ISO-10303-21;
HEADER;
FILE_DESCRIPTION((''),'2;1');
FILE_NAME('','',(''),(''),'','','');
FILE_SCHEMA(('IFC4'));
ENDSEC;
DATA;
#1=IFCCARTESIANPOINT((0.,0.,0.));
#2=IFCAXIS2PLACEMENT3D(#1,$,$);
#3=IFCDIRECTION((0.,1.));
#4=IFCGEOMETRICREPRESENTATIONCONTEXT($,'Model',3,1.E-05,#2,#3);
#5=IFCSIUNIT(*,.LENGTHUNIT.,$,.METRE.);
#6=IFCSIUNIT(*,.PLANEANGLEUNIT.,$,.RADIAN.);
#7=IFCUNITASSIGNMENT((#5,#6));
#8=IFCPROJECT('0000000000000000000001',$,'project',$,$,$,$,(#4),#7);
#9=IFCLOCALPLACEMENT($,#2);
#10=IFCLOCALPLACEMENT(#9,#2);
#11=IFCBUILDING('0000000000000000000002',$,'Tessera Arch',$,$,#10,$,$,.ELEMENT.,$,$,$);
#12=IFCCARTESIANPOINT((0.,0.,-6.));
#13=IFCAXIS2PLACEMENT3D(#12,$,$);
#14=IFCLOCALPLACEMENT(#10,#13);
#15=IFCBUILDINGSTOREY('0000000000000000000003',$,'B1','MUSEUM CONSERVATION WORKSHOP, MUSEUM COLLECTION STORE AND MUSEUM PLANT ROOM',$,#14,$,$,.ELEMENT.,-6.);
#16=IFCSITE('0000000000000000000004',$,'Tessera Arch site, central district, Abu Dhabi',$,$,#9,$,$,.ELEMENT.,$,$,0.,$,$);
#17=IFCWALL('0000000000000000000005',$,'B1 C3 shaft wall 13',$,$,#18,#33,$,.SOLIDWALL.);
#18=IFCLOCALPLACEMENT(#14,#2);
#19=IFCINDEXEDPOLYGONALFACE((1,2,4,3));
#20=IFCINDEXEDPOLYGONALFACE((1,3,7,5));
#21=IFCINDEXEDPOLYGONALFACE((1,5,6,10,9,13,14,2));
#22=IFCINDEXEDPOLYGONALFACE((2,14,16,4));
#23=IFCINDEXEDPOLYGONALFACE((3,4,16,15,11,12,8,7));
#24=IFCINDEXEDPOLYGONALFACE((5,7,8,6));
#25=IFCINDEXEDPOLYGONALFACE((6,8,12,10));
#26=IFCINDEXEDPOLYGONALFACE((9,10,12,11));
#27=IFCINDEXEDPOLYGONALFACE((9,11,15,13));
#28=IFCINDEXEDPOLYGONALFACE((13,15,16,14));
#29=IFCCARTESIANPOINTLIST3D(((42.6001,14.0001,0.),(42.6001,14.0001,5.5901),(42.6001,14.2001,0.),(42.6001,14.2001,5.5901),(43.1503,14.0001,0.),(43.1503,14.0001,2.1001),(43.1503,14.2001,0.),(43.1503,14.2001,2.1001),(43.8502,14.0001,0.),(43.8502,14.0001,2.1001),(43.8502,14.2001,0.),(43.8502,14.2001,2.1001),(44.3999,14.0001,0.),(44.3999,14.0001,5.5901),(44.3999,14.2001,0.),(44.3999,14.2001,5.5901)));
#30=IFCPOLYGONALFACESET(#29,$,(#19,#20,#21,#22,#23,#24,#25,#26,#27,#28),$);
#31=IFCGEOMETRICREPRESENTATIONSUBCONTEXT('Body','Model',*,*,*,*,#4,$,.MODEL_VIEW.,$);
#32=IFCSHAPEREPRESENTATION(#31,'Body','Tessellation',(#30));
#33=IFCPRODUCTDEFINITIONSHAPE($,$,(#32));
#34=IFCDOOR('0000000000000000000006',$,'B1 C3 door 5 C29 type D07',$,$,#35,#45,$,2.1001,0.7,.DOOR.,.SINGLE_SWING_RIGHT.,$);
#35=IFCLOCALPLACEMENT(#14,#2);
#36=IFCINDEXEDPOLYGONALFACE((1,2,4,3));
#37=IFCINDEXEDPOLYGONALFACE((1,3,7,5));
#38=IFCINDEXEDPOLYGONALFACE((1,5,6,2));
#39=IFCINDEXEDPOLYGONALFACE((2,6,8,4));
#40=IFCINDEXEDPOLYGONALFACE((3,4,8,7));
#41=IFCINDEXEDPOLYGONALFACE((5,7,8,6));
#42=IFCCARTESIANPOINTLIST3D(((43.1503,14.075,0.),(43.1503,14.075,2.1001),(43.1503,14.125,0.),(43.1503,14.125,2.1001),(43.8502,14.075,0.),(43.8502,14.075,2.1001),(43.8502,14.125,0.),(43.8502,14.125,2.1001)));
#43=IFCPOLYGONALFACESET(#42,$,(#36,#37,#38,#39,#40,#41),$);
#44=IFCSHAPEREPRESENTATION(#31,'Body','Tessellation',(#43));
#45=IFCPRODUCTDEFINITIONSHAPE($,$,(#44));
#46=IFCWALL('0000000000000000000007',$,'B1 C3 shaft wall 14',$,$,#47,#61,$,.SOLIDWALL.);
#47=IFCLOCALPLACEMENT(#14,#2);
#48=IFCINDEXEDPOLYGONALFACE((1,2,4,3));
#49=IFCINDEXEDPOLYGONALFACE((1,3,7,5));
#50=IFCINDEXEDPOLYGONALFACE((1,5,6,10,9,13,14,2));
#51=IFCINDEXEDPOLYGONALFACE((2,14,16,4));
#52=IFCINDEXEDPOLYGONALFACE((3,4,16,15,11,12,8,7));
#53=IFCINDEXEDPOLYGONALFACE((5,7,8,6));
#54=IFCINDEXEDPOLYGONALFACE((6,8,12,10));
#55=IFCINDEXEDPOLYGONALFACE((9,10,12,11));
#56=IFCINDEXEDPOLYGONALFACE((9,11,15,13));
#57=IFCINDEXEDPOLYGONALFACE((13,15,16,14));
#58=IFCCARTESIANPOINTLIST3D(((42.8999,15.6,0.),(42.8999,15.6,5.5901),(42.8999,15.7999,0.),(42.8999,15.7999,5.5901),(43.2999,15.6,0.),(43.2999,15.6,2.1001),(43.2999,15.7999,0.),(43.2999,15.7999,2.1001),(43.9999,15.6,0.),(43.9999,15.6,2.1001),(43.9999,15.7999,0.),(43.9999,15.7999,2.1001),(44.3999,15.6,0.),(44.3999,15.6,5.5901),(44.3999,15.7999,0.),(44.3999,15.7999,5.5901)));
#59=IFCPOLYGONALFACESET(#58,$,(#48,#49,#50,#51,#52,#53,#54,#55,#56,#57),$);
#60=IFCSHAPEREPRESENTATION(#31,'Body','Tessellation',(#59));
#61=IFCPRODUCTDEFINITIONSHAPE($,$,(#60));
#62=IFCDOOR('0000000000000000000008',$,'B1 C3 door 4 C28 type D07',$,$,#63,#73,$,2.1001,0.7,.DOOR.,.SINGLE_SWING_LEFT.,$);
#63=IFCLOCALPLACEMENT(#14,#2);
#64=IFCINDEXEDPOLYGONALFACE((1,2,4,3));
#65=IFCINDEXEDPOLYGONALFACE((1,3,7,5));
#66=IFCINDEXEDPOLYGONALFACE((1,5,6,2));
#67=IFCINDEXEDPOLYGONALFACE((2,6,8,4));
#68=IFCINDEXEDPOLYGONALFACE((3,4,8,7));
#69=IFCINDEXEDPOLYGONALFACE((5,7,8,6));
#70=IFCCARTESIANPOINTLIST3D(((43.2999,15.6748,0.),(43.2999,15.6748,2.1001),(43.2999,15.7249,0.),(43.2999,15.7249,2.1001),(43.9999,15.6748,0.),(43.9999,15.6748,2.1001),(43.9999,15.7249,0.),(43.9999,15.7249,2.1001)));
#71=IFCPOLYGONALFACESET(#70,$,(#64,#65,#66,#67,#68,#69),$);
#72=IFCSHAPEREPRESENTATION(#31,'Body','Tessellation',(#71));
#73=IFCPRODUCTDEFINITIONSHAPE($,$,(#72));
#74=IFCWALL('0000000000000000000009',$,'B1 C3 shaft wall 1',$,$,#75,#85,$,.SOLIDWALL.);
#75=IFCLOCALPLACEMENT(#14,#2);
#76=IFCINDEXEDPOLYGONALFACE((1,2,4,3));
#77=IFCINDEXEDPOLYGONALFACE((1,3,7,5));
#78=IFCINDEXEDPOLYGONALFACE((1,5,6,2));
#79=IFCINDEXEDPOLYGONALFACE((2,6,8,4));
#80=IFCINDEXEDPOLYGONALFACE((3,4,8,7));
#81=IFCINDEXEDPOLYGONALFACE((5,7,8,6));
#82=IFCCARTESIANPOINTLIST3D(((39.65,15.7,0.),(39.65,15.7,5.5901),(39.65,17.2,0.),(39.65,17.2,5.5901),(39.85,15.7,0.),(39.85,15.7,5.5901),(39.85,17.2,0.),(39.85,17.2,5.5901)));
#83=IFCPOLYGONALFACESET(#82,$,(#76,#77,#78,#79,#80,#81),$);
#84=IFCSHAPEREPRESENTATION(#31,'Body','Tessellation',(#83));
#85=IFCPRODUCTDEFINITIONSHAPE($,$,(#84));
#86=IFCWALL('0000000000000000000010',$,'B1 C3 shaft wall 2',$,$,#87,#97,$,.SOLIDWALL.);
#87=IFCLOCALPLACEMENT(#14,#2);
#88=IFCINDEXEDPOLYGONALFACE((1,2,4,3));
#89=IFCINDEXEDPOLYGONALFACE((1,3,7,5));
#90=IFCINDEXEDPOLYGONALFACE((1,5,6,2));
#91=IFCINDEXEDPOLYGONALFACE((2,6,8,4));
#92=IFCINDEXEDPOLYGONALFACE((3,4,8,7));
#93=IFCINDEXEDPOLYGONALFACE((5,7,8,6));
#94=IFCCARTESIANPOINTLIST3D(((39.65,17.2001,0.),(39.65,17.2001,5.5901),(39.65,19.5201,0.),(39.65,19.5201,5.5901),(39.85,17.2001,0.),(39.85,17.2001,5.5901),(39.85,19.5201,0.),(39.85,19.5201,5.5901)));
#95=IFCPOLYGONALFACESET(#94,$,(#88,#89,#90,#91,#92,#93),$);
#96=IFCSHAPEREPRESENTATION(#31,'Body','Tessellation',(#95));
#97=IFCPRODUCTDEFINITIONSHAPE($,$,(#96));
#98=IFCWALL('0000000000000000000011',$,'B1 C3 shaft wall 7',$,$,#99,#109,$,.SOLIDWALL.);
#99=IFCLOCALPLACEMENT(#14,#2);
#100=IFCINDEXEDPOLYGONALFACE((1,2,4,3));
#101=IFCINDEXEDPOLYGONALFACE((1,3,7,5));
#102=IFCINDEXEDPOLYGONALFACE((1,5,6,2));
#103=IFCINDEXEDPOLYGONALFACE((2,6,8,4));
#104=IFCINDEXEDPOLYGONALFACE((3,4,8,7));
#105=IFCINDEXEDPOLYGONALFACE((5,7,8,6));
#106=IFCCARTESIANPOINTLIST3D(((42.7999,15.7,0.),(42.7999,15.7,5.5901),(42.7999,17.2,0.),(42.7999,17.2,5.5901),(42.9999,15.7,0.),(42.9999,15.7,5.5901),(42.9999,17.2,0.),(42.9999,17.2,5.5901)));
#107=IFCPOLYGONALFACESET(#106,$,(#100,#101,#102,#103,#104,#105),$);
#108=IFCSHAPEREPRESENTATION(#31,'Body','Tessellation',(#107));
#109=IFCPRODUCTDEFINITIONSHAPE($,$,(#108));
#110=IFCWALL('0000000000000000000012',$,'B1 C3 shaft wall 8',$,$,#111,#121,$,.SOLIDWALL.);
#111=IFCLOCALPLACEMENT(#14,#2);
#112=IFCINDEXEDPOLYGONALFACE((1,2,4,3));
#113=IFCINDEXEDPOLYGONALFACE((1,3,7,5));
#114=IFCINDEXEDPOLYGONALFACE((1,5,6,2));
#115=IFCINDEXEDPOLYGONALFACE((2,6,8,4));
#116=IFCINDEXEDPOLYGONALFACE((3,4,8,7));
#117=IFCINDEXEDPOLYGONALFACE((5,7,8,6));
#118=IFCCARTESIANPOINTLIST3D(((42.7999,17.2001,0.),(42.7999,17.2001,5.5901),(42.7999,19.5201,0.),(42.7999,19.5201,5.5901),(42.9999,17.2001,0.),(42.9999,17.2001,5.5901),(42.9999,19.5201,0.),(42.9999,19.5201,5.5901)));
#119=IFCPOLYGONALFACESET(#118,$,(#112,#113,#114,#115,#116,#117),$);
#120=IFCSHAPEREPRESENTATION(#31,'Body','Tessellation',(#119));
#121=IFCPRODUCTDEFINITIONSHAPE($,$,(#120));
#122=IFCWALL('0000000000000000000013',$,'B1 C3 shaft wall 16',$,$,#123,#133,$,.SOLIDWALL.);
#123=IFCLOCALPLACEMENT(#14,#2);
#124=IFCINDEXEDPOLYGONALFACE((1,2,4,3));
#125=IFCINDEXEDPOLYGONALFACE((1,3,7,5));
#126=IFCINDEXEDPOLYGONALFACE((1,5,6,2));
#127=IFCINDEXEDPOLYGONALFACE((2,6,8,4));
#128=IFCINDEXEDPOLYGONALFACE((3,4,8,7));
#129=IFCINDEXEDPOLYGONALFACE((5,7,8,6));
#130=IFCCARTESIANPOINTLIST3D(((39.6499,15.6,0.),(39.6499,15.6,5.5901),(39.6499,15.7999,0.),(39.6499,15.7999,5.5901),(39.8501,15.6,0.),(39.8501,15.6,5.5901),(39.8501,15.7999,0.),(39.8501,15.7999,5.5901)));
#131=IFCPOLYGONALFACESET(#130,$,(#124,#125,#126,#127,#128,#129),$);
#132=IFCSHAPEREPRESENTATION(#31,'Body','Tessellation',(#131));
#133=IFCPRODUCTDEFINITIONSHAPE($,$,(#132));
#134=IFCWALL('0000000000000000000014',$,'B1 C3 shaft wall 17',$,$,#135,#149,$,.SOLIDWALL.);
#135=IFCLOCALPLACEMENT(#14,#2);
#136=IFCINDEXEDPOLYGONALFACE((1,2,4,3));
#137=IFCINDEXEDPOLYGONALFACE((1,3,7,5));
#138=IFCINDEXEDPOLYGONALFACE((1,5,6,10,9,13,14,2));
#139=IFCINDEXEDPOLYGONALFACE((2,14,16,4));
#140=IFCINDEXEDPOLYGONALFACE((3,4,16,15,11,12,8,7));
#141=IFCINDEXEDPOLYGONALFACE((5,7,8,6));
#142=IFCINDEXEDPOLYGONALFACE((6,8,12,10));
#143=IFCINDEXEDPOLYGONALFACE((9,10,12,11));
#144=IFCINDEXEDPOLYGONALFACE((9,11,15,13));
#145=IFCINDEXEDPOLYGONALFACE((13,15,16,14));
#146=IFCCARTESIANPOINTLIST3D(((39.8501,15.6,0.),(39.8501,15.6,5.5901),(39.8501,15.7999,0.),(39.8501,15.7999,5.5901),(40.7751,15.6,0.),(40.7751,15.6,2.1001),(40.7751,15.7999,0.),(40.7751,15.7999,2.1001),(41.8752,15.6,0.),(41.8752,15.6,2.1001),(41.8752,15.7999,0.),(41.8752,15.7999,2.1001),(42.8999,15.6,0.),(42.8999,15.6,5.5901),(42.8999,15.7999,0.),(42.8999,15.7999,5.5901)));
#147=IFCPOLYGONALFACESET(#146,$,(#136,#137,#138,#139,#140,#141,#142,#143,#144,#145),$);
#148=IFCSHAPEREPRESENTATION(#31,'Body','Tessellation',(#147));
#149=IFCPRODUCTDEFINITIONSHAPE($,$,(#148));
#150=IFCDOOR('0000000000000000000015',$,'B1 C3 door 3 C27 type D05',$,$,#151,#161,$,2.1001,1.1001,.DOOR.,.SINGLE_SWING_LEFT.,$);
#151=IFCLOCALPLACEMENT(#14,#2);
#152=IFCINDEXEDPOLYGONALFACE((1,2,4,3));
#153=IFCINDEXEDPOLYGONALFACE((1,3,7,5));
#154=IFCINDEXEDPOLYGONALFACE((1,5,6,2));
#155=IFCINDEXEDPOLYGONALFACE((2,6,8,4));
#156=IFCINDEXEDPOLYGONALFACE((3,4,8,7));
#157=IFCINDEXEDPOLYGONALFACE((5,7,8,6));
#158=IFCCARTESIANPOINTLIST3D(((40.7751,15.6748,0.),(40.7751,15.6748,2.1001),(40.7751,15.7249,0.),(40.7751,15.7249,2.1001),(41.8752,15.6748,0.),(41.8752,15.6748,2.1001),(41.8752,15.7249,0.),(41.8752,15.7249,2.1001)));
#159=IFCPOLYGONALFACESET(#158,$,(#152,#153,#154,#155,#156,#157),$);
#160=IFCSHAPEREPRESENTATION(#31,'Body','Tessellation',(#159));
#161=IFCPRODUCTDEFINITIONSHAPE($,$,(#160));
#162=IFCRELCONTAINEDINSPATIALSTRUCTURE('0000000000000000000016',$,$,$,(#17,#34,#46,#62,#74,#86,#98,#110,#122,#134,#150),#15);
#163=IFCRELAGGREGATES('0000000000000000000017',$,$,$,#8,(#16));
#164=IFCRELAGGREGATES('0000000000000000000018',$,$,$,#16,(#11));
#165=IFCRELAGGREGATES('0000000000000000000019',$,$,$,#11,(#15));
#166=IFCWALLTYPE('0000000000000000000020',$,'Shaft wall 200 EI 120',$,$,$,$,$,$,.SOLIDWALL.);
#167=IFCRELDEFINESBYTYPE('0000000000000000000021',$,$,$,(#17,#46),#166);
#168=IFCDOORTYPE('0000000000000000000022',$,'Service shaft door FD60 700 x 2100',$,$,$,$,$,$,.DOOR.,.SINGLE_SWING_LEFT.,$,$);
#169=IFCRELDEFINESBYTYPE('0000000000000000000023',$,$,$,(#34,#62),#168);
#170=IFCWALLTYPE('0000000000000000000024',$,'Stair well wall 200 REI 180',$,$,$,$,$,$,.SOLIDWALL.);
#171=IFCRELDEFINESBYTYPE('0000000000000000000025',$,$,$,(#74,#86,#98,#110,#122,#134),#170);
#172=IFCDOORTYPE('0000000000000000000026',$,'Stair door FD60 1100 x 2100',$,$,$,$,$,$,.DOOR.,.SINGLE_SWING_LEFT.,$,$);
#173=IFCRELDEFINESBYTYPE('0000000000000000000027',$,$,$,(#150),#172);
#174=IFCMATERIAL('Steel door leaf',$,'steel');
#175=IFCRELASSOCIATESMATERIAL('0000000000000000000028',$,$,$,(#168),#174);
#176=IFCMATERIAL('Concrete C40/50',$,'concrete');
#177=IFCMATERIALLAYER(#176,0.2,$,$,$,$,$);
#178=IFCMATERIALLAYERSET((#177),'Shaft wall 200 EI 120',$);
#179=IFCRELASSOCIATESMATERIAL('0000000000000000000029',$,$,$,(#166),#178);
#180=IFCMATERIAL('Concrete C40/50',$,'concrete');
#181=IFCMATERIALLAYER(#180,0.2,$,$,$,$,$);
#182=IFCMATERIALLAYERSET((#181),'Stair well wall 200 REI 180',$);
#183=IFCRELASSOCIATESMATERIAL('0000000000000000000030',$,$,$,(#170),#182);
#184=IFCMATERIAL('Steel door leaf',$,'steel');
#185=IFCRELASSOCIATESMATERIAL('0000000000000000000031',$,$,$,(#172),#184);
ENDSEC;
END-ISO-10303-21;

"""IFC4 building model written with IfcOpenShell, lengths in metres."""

from ifc_helpers import new_model, si_unit, direction, frame, frame_2d, origin, place, context, subcontext, project, spatial, rectangle, extrude, material, layer, layer_set, type_object, element, fill, save


model = new_model("IFC4")

# Units and contexts
model_context = context("Model", 3, precision=1e-05, world=origin(), true_north=direction((0.0, 1.0)))
body_context = subcontext(model_context, "Body", "Model", "MODEL_VIEW")
ifc_project = project(units=[si_unit("LENGTHUNIT", "METRE"), si_unit("PLANEANGLEUNIT", "RADIAN")], contexts=[model_context])

# Site, building, storey
site_placement = place(None, origin())
site = spatial("IfcSite", under=ifc_project, at=site_placement, Name="Tessera Arch site, central district, Abu Dhabi", CompositionType="ELEMENT", RefElevation=0.0)
building_placement = place(site_placement, origin())
building = spatial("IfcBuilding", under=site, at=building_placement, Name="Tessera Arch", CompositionType="ELEMENT")
storey_placement = place(building_placement, frame((0.0, 0.0, -6.0)))
storey = spatial("IfcBuildingStorey", under=building, at=storey_placement, Name="B1", Description="MUSEUM CONSERVATION WORKSHOP, MUSEUM COLLECTION STORE AND MUSEUM PLANT ROOM", CompositionType="ELEMENT", Elevation=-6.0)

# Shared definitions
ifc_material_1 = material(Name="Steel door leaf", Category="steel")
door_type_1 = type_object("IfcDoorType", Name="Service shaft door FD60 700 x 2100", OperationType="SINGLE_SWING_LEFT", PredefinedType="DOOR", material=ifc_material_1)

# Shared definitions
ifc_material_2 = material(Name="Concrete C40/50", Category="concrete")
ifc_layer_1 = layer(ifc_material_2, 0.2)
ifc_layer_set_1 = layer_set([ifc_layer_1], Name="Shaft wall 200 EI 120")
wall_type_1 = type_object("IfcWallType", Name="Shaft wall 200 EI 120", PredefinedType="SOLIDWALL", material=ifc_layer_set_1)

# Walls, openings, doors
wall_1_placement = place(storey_placement, frame((42.6001, 14.1001, 0.0), z_axis=(0.0, 0.0, 1.0), x_axis=(1.0, 0.0, 0.0)))
wall_1 = element("IfcWall", 1, at=wall_1_placement, inside=storey, type_object=wall_type_1, Name="B1 C3 shaft wall 13", PredefinedType="SOLIDWALL", context=body_context, shape_type="SweptSolid", body=[
    extrude(rectangle(XDim=1.7998, YDim=0.2, at=frame_2d((0.8999, 0.0))), origin(), (0.0, 0.0, 1.0), 5.5901),
])
opening_1_placement = place(wall_1_placement, frame((0.55, 0.0, 0.0)))
opening_1 = element("IfcOpeningElement", 2, at=opening_1_placement, cuts=wall_1, PredefinedType="OPENING", context=body_context, shape_type="SweptSolid", body=[
    extrude(rectangle(XDim=0.7, YDim=2.1001, at=frame_2d((0.3501, 1.05))), frame((0.0, 0.1099, 0.0), z_axis=(0.0, -1.0, 0.0), x_axis=(1.0, 0.0, 0.0)), (0.0, 0.0, 1.0), 0.22),
])
door_1_placement = place(opening_1_placement, origin())
door_1 = element("IfcDoor", 3, at=door_1_placement, inside=storey, type_object=door_type_1, Name="B1 C3 door 5 C29 type D07", OperationType="SINGLE_SWING_RIGHT", OverallHeight=2.1001, OverallWidth=0.7, PredefinedType="DOOR", context=body_context, shape_type="SweptSolid", body=[
    extrude(rectangle(XDim=0.7, YDim=2.1001, at=frame_2d((0.3501, 1.05))), frame((0.0, 0.0249, 0.0), z_axis=(0.0, -1.0, 0.0), x_axis=(1.0, 0.0, 0.0)), (0.0, 0.0, 1.0), 0.05),
])
fill(opening_1, door_1)
wall_2_placement = place(storey_placement, frame((42.8999, 15.7, 0.0), z_axis=(0.0, 0.0, 1.0), x_axis=(1.0, 0.0, 0.0)))
wall_2 = element("IfcWall", 4, at=wall_2_placement, inside=storey, type_object=wall_type_1, Name="B1 C3 shaft wall 14", PredefinedType="SOLIDWALL", context=body_context, shape_type="SweptSolid", body=[
    extrude(rectangle(XDim=1.5, YDim=0.2, at=frame_2d((0.75, 0.0))), origin(), (0.0, 0.0, 1.0), 5.5901),
])
opening_2_placement = place(wall_2_placement, frame((0.3999, 0.0, 0.0)))
opening_2 = element("IfcOpeningElement", 5, at=opening_2_placement, cuts=wall_2, PredefinedType="OPENING", context=body_context, shape_type="SweptSolid", body=[
    extrude(rectangle(XDim=0.7, YDim=2.1001, at=frame_2d((0.3501, 1.05))), frame((0.0, 0.1099, 0.0), z_axis=(0.0, -1.0, 0.0), x_axis=(1.0, 0.0, 0.0)), (0.0, 0.0, 1.0), 0.22),
])
door_2_placement = place(opening_2_placement, origin())
door_2 = element("IfcDoor", 6, at=door_2_placement, inside=storey, type_object=door_type_1, Name="B1 C3 door 4 C28 type D07", OperationType="SINGLE_SWING_LEFT", OverallHeight=2.1001, OverallWidth=0.7, PredefinedType="DOOR", context=body_context, shape_type="SweptSolid", body=[
    extrude(rectangle(XDim=0.7, YDim=2.1001, at=frame_2d((0.3501, 1.05))), frame((0.0, 0.0249, 0.0), z_axis=(0.0, -1.0, 0.0), x_axis=(1.0, 0.0, 0.0)), (0.0, 0.0, 1.0), 0.05),
])
fill(opening_2, door_2)

# Walls
ifc_material_3 = material(Name="Concrete C40/50", Category="concrete")
ifc_layer_2 = layer(ifc_material_3, 0.2)
ifc_layer_set_2 = layer_set([ifc_layer_2], Name="Stair well wall 200 REI 180")
wall_type_2 = type_object("IfcWallType", Name="Stair well wall 200 REI 180", PredefinedType="SOLIDWALL", material=ifc_layer_set_2)
wall_3_placement = place(storey_placement, frame((39.75, 15.7, 0.0), z_axis=(0.0, 0.0, 1.0), x_axis=(0.0, 1.0, 0.0)))
element("IfcWall", 7, at=wall_3_placement, inside=storey, type_object=wall_type_2, Name="B1 C3 shaft wall 1", PredefinedType="SOLIDWALL", context=body_context, shape_type="SweptSolid", body=[
    extrude(rectangle(XDim=1.5, YDim=0.2, at=frame_2d((0.75, 0.0))), origin(), (0.0, 0.0, 1.0), 5.5901),
])
wall_4_placement = place(storey_placement, frame((39.75, 17.2, 0.0), z_axis=(0.0, 0.0, 1.0), x_axis=(0.0, 1.0, 0.0)))
element("IfcWall", 8, at=wall_4_placement, inside=storey, type_object=wall_type_2, Name="B1 C3 shaft wall 2", PredefinedType="SOLIDWALL", context=body_context, shape_type="SweptSolid", body=[
    extrude(rectangle(XDim=2.3201, YDim=0.2, at=frame_2d((1.1602, 0.0))), origin(), (0.0, 0.0, 1.0), 5.5901),
])
wall_5_placement = place(storey_placement, frame((42.8999, 15.7, 0.0), z_axis=(0.0, 0.0, 1.0), x_axis=(0.0, 1.0, 0.0)))
element("IfcWall", 9, at=wall_5_placement, inside=storey, type_object=wall_type_2, Name="B1 C3 shaft wall 7", PredefinedType="SOLIDWALL", context=body_context, shape_type="SweptSolid", body=[
    extrude(rectangle(XDim=1.5, YDim=0.2, at=frame_2d((0.75, 0.0))), origin(), (0.0, 0.0, 1.0), 5.5901),
])
wall_6_placement = place(storey_placement, frame((42.8999, 17.2, 0.0), z_axis=(0.0, 0.0, 1.0), x_axis=(0.0, 1.0, 0.0)))
element("IfcWall", 10, at=wall_6_placement, inside=storey, type_object=wall_type_2, Name="B1 C3 shaft wall 8", PredefinedType="SOLIDWALL", context=body_context, shape_type="SweptSolid", body=[
    extrude(rectangle(XDim=2.3201, YDim=0.2, at=frame_2d((1.1602, 0.0))), origin(), (0.0, 0.0, 1.0), 5.5901),
])
wall_7_placement = place(storey_placement, frame((39.6499, 15.7, 0.0), z_axis=(0.0, 0.0, 1.0), x_axis=(1.0, 0.0, 0.0)))
element("IfcWall", 11, at=wall_7_placement, inside=storey, type_object=wall_type_2, Name="B1 C3 shaft wall 16", PredefinedType="SOLIDWALL", context=body_context, shape_type="SweptSolid", body=[
    extrude(rectangle(XDim=0.2002, YDim=0.2, at=frame_2d((0.1001, 0.0))), origin(), (0.0, 0.0, 1.0), 5.5901),
])

# Wall, opening, door
wall_8_placement = place(storey_placement, frame((39.8501, 15.7, 0.0), z_axis=(0.0, 0.0, 1.0), x_axis=(1.0, 0.0, 0.0)))
wall_8 = element("IfcWall", 12, at=wall_8_placement, inside=storey, type_object=wall_type_2, Name="B1 C3 shaft wall 17", PredefinedType="SOLIDWALL", context=body_context, shape_type="SweptSolid", body=[
    extrude(rectangle(XDim=3.0498, YDim=0.2, at=frame_2d((1.5249, 0.0))), origin(), (0.0, 0.0, 1.0), 5.5901),
])
opening_3_placement = place(wall_8_placement, frame((0.925, 0.0, 0.0)))
opening_3 = element("IfcOpeningElement", 13, at=opening_3_placement, cuts=wall_8, PredefinedType="OPENING", context=body_context, shape_type="SweptSolid", body=[
    extrude(rectangle(XDim=1.1001, YDim=2.1001, at=frame_2d((0.55, 1.05))), frame((0.0, 0.1099, 0.0), z_axis=(0.0, -1.0, 0.0), x_axis=(1.0, 0.0, 0.0)), (0.0, 0.0, 1.0), 0.22),
])
ifc_material_4 = material(Name="Steel door leaf", Category="steel")
door_type_2 = type_object("IfcDoorType", Name="Stair door FD60 1100 x 2100", OperationType="SINGLE_SWING_LEFT", PredefinedType="DOOR", material=ifc_material_4)
door_3_placement = place(opening_3_placement, origin())
door_3 = element("IfcDoor", 14, at=door_3_placement, inside=storey, type_object=door_type_2, Name="B1 C3 door 3 C27 type D05", OperationType="SINGLE_SWING_LEFT", OverallHeight=2.1001, OverallWidth=1.1001, PredefinedType="DOOR", context=body_context, shape_type="SweptSolid", body=[
    extrude(rectangle(XDim=1.1001, YDim=2.1001, at=frame_2d((0.55, 1.05))), frame((0.0, 0.0249, 0.0), z_axis=(0.0, -1.0, 0.0), x_axis=(1.0, 0.0, 0.0)), (0.0, 0.0, 1.0), 0.05),
])
fill(opening_3, door_3)

save(model, "model.ifc")
